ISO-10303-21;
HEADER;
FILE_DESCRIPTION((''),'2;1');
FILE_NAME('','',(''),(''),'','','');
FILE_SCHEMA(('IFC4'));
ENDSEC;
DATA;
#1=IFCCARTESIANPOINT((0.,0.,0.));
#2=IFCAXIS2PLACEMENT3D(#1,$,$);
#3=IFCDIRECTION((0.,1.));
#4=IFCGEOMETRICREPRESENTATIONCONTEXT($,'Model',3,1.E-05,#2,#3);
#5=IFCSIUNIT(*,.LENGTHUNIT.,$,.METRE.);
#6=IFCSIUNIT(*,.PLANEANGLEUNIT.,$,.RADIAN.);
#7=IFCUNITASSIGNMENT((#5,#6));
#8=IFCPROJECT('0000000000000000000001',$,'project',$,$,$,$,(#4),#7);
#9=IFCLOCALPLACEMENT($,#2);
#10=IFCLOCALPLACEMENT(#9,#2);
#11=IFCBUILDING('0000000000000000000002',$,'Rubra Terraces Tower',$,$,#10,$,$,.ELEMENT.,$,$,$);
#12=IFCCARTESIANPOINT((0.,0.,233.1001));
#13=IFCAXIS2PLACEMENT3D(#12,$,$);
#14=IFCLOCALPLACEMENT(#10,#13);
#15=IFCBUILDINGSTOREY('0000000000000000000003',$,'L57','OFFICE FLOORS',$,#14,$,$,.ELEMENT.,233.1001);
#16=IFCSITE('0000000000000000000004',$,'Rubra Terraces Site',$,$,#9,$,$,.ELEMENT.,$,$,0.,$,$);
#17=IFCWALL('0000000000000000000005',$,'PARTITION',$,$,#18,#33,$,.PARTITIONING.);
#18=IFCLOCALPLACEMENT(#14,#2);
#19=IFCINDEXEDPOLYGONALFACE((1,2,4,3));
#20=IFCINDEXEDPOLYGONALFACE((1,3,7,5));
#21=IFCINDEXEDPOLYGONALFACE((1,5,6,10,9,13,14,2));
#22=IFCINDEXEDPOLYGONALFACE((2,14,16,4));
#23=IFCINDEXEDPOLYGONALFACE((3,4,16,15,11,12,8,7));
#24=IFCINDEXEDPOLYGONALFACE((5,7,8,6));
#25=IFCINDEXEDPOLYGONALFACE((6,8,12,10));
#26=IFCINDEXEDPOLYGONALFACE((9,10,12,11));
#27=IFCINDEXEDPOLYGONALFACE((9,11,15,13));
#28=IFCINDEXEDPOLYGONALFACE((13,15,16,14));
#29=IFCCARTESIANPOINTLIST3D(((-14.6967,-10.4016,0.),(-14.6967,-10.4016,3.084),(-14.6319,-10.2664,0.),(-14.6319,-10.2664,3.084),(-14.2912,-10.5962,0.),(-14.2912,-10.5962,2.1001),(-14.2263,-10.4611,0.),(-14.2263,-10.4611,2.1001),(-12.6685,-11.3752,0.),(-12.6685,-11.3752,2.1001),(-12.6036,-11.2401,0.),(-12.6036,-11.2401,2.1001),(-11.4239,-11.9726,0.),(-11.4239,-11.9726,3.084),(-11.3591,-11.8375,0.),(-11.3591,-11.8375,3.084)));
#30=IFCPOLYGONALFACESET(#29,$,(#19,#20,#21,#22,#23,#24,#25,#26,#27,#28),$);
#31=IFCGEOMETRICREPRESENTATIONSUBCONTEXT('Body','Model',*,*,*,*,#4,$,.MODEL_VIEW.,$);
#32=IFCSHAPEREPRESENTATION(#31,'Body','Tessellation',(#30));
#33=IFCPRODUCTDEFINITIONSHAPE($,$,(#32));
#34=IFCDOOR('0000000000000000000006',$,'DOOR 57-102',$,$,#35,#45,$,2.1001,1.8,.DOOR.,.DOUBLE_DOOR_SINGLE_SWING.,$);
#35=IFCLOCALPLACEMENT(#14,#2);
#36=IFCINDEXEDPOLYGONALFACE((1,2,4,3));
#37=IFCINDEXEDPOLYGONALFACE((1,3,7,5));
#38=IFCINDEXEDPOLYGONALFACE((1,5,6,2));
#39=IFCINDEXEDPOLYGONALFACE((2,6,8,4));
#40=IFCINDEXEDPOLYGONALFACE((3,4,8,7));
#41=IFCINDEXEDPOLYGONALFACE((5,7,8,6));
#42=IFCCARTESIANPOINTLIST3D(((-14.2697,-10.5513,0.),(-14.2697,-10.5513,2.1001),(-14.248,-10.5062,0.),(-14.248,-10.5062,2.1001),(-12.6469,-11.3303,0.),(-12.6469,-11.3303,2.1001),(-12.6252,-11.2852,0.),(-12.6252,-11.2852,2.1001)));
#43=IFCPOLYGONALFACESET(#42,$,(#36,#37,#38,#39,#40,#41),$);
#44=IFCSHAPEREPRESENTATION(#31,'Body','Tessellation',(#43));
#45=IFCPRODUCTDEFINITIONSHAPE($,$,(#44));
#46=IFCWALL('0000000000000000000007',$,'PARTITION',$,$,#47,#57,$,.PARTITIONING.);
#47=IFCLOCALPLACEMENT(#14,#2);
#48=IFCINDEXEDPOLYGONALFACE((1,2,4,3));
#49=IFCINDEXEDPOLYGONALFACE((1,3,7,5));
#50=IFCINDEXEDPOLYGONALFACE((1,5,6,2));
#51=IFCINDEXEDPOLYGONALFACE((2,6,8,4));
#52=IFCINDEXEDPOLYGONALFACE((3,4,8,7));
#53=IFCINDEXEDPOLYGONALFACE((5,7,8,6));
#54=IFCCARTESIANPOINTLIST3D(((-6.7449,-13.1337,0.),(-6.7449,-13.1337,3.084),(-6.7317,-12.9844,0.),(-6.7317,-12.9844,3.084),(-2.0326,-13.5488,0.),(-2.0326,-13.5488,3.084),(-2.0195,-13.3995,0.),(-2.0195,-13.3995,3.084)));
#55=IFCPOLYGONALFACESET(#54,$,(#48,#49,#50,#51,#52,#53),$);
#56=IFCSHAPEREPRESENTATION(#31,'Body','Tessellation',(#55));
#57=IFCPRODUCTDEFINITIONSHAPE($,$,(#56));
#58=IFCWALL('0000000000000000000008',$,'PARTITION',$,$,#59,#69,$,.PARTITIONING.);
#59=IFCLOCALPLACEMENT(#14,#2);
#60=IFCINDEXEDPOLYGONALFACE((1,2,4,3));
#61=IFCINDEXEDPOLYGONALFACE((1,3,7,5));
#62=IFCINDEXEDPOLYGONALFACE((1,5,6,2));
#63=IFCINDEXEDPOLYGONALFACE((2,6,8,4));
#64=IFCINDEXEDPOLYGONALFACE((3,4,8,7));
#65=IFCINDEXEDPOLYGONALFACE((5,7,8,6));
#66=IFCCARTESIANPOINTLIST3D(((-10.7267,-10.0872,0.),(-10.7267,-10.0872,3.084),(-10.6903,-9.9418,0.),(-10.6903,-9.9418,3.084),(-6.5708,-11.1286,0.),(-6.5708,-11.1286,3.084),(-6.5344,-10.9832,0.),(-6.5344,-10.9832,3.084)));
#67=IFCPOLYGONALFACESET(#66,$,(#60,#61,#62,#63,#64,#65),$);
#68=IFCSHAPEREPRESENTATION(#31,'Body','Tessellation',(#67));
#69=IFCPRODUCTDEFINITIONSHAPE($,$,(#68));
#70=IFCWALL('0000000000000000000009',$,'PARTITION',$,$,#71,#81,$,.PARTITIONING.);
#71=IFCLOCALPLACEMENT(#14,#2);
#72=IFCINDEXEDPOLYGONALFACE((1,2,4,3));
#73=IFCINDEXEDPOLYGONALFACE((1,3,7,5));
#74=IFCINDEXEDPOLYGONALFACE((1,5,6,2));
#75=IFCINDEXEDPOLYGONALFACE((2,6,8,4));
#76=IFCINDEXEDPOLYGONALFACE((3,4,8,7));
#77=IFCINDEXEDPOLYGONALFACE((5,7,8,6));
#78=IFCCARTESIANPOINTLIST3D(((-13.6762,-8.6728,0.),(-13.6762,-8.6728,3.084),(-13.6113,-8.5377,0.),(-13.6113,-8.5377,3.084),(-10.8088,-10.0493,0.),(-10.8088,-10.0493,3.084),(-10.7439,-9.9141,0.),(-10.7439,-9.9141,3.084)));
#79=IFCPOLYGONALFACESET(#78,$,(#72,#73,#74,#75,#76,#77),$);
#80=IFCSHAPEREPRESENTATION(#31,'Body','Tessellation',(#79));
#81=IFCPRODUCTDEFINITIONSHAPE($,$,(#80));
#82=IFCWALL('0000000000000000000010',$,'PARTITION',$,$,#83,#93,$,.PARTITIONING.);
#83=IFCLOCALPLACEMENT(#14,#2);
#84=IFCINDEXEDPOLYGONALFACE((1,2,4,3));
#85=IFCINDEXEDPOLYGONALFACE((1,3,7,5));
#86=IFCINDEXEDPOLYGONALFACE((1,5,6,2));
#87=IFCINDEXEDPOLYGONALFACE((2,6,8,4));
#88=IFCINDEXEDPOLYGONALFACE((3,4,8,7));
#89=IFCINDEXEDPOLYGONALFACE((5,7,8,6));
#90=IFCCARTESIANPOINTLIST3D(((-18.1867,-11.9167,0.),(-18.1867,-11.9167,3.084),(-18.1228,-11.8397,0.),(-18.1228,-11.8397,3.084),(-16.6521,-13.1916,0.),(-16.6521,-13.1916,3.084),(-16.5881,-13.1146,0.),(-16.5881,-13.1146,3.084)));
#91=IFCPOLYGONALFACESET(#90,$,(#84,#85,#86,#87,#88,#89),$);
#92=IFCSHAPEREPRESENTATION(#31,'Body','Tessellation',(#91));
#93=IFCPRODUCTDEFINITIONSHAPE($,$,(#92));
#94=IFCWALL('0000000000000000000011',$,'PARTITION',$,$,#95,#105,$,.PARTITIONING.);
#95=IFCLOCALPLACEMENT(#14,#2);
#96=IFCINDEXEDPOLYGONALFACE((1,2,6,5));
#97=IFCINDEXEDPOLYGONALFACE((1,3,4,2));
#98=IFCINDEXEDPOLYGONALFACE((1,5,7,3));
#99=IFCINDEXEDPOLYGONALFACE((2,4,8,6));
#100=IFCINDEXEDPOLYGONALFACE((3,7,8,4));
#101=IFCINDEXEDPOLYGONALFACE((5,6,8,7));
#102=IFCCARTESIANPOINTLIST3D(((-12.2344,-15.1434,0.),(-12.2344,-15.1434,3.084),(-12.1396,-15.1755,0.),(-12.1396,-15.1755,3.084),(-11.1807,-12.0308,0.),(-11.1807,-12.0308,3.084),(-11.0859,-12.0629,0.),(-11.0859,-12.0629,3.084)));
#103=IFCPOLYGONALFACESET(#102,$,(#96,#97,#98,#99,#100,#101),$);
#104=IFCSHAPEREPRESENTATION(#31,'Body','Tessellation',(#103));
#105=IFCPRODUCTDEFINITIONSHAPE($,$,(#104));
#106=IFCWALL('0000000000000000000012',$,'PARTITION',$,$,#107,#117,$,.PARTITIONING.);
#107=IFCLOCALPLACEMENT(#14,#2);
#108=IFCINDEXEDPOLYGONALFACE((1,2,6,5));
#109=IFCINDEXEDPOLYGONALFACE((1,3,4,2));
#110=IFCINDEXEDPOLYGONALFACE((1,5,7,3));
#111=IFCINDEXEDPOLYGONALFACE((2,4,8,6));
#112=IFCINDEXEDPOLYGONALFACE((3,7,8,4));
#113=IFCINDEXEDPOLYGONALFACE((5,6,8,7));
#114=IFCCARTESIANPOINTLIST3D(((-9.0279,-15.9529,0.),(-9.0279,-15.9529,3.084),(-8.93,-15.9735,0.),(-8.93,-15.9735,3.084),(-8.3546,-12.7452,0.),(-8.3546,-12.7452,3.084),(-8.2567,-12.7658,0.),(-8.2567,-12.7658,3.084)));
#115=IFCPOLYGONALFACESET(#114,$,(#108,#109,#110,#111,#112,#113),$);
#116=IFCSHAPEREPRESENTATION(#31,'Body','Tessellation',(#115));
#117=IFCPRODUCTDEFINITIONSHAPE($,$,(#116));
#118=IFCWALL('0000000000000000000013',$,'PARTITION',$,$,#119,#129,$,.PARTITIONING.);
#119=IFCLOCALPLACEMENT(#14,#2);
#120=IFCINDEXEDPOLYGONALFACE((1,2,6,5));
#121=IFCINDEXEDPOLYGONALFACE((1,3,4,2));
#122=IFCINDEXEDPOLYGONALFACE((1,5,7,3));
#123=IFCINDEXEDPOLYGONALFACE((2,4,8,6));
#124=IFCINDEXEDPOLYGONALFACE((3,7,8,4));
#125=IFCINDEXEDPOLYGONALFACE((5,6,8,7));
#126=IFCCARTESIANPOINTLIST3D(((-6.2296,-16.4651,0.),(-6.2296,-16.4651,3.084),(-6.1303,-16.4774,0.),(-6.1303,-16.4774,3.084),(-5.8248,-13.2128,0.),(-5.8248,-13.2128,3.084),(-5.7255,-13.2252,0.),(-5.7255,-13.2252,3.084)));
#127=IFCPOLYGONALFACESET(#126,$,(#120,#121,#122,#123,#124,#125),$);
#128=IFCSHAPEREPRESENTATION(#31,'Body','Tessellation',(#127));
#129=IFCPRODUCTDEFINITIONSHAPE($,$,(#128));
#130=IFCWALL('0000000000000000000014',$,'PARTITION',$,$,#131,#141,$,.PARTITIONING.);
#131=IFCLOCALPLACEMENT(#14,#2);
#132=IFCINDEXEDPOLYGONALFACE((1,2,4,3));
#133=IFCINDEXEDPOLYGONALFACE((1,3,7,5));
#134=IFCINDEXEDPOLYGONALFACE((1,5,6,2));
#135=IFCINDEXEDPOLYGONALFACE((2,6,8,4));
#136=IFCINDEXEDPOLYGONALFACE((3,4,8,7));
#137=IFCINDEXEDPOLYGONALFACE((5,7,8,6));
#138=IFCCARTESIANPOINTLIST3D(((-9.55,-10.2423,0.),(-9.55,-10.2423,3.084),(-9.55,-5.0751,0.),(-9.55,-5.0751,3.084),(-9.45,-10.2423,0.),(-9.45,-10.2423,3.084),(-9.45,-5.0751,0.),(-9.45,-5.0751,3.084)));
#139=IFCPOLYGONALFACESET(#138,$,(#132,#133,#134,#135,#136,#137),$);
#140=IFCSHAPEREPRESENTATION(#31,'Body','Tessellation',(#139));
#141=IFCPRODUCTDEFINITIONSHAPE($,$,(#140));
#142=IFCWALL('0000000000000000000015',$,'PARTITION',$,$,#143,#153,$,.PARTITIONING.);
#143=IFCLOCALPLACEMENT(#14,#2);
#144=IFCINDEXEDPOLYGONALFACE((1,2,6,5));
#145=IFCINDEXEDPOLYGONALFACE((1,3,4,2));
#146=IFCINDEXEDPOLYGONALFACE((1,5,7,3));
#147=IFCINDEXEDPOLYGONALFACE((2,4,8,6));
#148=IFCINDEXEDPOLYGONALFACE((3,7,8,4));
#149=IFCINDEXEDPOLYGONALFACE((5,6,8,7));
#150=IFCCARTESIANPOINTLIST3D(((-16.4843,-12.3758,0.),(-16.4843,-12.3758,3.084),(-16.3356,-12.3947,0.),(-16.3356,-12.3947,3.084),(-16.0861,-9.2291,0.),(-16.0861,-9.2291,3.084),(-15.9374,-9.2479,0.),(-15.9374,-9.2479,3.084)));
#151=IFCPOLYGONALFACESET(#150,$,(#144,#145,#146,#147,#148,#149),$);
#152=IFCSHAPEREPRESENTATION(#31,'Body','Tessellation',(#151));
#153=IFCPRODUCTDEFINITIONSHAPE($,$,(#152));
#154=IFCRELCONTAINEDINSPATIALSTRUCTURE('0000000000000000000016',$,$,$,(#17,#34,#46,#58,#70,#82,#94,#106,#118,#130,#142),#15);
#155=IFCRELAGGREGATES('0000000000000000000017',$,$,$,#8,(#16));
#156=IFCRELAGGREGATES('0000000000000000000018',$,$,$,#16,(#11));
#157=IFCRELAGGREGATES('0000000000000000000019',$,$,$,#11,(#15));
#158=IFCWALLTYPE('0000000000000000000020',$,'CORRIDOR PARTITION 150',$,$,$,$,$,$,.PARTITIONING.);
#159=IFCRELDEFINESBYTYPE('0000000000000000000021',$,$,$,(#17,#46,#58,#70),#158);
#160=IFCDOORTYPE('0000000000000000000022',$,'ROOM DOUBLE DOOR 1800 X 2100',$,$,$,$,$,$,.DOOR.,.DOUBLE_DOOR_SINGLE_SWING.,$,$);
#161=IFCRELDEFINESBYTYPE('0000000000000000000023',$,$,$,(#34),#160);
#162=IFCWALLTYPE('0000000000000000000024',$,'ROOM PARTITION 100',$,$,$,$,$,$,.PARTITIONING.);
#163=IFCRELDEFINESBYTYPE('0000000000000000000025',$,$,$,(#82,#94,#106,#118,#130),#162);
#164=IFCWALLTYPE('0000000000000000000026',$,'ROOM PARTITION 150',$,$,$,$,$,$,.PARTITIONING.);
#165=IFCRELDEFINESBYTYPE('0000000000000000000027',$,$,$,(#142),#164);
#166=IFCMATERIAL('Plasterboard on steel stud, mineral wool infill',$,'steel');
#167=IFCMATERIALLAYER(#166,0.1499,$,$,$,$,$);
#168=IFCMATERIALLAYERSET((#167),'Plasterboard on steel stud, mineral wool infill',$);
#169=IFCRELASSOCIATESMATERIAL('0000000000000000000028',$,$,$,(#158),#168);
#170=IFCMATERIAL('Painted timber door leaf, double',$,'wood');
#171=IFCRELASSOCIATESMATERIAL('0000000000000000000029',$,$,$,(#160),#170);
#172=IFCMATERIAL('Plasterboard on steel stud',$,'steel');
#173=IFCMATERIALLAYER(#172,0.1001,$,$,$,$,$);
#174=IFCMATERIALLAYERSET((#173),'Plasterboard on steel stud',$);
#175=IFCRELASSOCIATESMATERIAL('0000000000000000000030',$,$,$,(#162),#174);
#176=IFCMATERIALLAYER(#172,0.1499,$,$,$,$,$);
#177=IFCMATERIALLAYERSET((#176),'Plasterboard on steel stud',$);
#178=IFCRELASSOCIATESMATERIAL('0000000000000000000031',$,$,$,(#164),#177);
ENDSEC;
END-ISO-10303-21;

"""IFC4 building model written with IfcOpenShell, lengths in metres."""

from ifc_helpers import new_model, si_unit, direction, frame, frame_2d, origin, place, context, subcontext, project, spatial, rectangle, extrude, material, layer, layer_set, type_object, element, fill, save


model = new_model("IFC4")

# Units and contexts
model_context = context("Model", 3, precision=1e-05, world=origin(), true_north=direction((0.0, 1.0)))
body_context = subcontext(model_context, "Body", "Model", "MODEL_VIEW")
ifc_project = project(units=[si_unit("LENGTHUNIT", "METRE"), si_unit("PLANEANGLEUNIT", "RADIAN")], contexts=[model_context])

# Site, building, storey
site_placement = place(None, origin())
site = spatial("IfcSite", under=ifc_project, at=site_placement, Name="Rubra Terraces Site", CompositionType="ELEMENT", RefElevation=0.0)
building_placement = place(site_placement, origin())
building = spatial("IfcBuilding", under=site, at=building_placement, Name="Rubra Terraces Tower", CompositionType="ELEMENT")
storey_placement = place(building_placement, frame((0.0, 0.0, 233.1001)))
storey = spatial("IfcBuildingStorey", under=building, at=storey_placement, Name="L57", Description="OFFICE FLOORS", CompositionType="ELEMENT", Elevation=233.1001)

# Wall, opening, door
ifc_material_1 = material(Name="Plasterboard on steel stud, mineral wool infill", Category="steel")
ifc_layer_1 = layer(ifc_material_1, 0.1499)
ifc_layer_set_1 = layer_set([ifc_layer_1], Name="Plasterboard on steel stud, mineral wool infill")
wall_type_1 = type_object("IfcWallType", Name="CORRIDOR PARTITION 150", PredefinedType="PARTITIONING", material=ifc_layer_set_1)
wall_1_placement = place(storey_placement, frame((-14.6643, -10.334, 0.0), z_axis=(0.0, 0.0, 1.0), x_axis=(0.901507, -0.432764, 0.0)))
wall_1 = element("IfcWall", 1, at=wall_1_placement, inside=storey, type_object=wall_type_1, Name="PARTITION", PredefinedType="PARTITIONING", context=body_context, shape_type="SweptSolid", body=[
    extrude(rectangle(XDim=3.6304, YDim=0.1499, at=frame_2d((1.8152, 0.0))), origin(), (0.0, 0.0, 1.0), 3.084),
])
opening_1_placement = place(wall_1_placement, frame((0.45, 0.0, 0.0)))
opening_1 = element("IfcOpeningElement", 2, at=opening_1_placement, cuts=wall_1, PredefinedType="OPENING", context=body_context, shape_type="SweptSolid", body=[
    extrude(rectangle(XDim=1.8, YDim=2.1001, at=frame_2d((0.8999, 1.05))), frame((0.0, 0.085, 0.0), z_axis=(0.0, -1.0, 0.0), x_axis=(1.0, 0.0, 0.0)), (0.0, 0.0, 1.0), 0.1699),
])
ifc_material_2 = material(Name="Painted timber door leaf, double", Category="wood")
door_type_1 = type_object("IfcDoorType", Name="ROOM DOUBLE DOOR 1800 X 2100", OperationType="DOUBLE_DOOR_SINGLE_SWING", PredefinedType="DOOR", material=ifc_material_2)
door_1_placement = place(opening_1_placement, origin())
door_1 = element("IfcDoor", 3, at=door_1_placement, inside=storey, type_object=door_type_1, Name="DOOR 57-102", OperationType="DOUBLE_DOOR_SINGLE_SWING", OverallHeight=2.1001, OverallWidth=1.8, PredefinedType="DOOR", context=body_context, shape_type="SweptSolid", body=[
    extrude(rectangle(XDim=1.8, YDim=2.1001, at=frame_2d((0.8999, 1.05))), frame((0.0, 0.0249, 0.0), z_axis=(0.0, -1.0, 0.0), x_axis=(1.0, 0.0, 0.0)), (0.0, 0.0, 1.0), 0.05),
])
fill(opening_1, door_1)

# Walls
wall_2_placement = place(storey_placement, frame((-6.7383, -13.0591, 0.0), z_axis=(0.0, 0.0, 1.0), x_axis=(0.996144, -0.087739, 0.0)))
element("IfcWall", 4, at=wall_2_placement, inside=storey, type_object=wall_type_1, Name="PARTITION", PredefinedType="PARTITIONING", context=body_context, shape_type="SweptSolid", body=[
    extrude(rectangle(XDim=4.7305, YDim=0.1499, at=frame_2d((2.3652, 0.0))), origin(), (0.0, 0.0, 1.0), 3.084),
])
wall_3_placement = place(storey_placement, frame((-6.5527, -11.0559, 0.0), z_axis=(0.0, 0.0, 1.0), x_axis=(-0.970005, 0.243085, 0.0)))
element("IfcWall", 5, at=wall_3_placement, inside=storey, type_object=wall_type_1, Name="PARTITION", PredefinedType="PARTITIONING", context=body_context, shape_type="SweptSolid", body=[
    extrude(rectangle(XDim=4.2844, YDim=0.1499, at=frame_2d((2.1421, 0.0))), origin(), (0.0, 0.0, 1.0), 3.084),
])
wall_4_placement = place(storey_placement, frame((-10.7764, -9.9817, 0.0), z_axis=(0.0, 0.0, 1.0), x_axis=(-0.901511, 0.432756, 0.0)))
element("IfcWall", 6, at=wall_4_placement, inside=storey, type_object=wall_type_1, Name="PARTITION", PredefinedType="PARTITIONING", context=body_context, shape_type="SweptSolid", body=[
    extrude(rectangle(XDim=3.1807, YDim=0.1499, at=frame_2d((1.5903, 0.0))), origin(), (0.0, 0.0, 1.0), 3.084),
])
ifc_material_3 = material(Name="Plasterboard on steel stud", Category="steel")
ifc_layer_2 = layer(ifc_material_3, 0.1001)
ifc_layer_set_2 = layer_set([ifc_layer_2], Name="Plasterboard on steel stud")
wall_type_2 = type_object("IfcWallType", Name="ROOM PARTITION 100", PredefinedType="PARTITIONING", material=ifc_layer_set_2)
wall_5_placement = place(storey_placement, frame((-16.6201, -13.1531, 0.0), z_axis=(0.0, 0.0, 1.0), x_axis=(-0.769203, 0.639004, 0.0)))
element("IfcWall", 7, at=wall_5_placement, inside=storey, type_object=wall_type_2, Name="PARTITION", PredefinedType="PARTITIONING", context=body_context, shape_type="SweptSolid", body=[
    extrude(rectangle(XDim=1.9951, YDim=0.1001, at=frame_2d((0.9976, 0.0))), origin(), (0.0, 0.0, 1.0), 3.084),
])
wall_6_placement = place(storey_placement, frame((-11.1333, -12.0469, 0.0), z_axis=(0.0, 0.0, 1.0), x_axis=(-0.32066, -0.947194, 0.0)))
element("IfcWall", 8, at=wall_6_placement, inside=storey, type_object=wall_type_2, Name="PARTITION", PredefinedType="PARTITIONING", context=body_context, shape_type="SweptSolid", body=[
    extrude(rectangle(XDim=3.2861, YDim=0.1001, at=frame_2d((1.6431, 0.0))), origin(), (0.0, 0.0, 1.0), 3.084),
])
wall_7_placement = place(storey_placement, frame((-8.3057, -12.7556, 0.0), z_axis=(0.0, 0.0, 1.0), x_axis=(-0.205432, -0.978671, 0.0)))
element("IfcWall", 9, at=wall_7_placement, inside=storey, type_object=wall_type_2, Name="PARTITION", PredefinedType="PARTITIONING", context=body_context, shape_type="SweptSolid", body=[
    extrude(rectangle(XDim=3.2776, YDim=0.1001, at=frame_2d((1.6387, 0.0))), origin(), (0.0, 0.0, 1.0), 3.084),
])
wall_8_placement = place(storey_placement, frame((-5.7751, -13.219, 0.0), z_axis=(0.0, 0.0, 1.0), x_axis=(-0.123512, -0.992343, 0.0)))
element("IfcWall", 10, at=wall_8_placement, inside=storey, type_object=wall_type_2, Name="PARTITION", PredefinedType="PARTITIONING", context=body_context, shape_type="SweptSolid", body=[
    extrude(rectangle(XDim=3.2773, YDim=0.1001, at=frame_2d((1.6387, 0.0))), origin(), (0.0, 0.0, 1.0), 3.084),
])
wall_9_placement = place(storey_placement, frame((-9.5, -10.2422, 0.0), z_axis=(0.0, 0.0, 1.0), x_axis=(0.0, 1.0, 0.0)))
element("IfcWall", 11, at=wall_9_placement, inside=storey, type_object=wall_type_2, Name="PARTITION", PredefinedType="PARTITIONING", context=body_context, shape_type="SweptSolid", body=[
    extrude(rectangle(XDim=5.1672, YDim=0.1001, at=frame_2d((2.5835, 0.0))), origin(), (0.0, 0.0, 1.0), 3.084),
])
ifc_layer_3 = layer(ifc_material_3, 0.1499)
ifc_layer_set_3 = layer_set([ifc_layer_3], Name="Plasterboard on steel stud")
wall_type_3 = type_object("IfcWallType", Name="ROOM PARTITION 150", PredefinedType="PARTITIONING", material=ifc_layer_set_3)
wall_10_placement = place(storey_placement, frame((-16.4099, -12.3853, 0.0), z_axis=(0.0, 0.0, 1.0), x_axis=(0.125541, 0.992088, 0.0)))
element("IfcWall", 12, at=wall_10_placement, inside=storey, type_object=wall_type_3, Name="PARTITION", PredefinedType="PARTITIONING", context=body_context, shape_type="SweptSolid", body=[
    extrude(rectangle(XDim=3.1719, YDim=0.1499, at=frame_2d((1.5859, 0.0))), origin(), (0.0, 0.0, 1.0), 3.084),
])

save(model, "model.ifc")
